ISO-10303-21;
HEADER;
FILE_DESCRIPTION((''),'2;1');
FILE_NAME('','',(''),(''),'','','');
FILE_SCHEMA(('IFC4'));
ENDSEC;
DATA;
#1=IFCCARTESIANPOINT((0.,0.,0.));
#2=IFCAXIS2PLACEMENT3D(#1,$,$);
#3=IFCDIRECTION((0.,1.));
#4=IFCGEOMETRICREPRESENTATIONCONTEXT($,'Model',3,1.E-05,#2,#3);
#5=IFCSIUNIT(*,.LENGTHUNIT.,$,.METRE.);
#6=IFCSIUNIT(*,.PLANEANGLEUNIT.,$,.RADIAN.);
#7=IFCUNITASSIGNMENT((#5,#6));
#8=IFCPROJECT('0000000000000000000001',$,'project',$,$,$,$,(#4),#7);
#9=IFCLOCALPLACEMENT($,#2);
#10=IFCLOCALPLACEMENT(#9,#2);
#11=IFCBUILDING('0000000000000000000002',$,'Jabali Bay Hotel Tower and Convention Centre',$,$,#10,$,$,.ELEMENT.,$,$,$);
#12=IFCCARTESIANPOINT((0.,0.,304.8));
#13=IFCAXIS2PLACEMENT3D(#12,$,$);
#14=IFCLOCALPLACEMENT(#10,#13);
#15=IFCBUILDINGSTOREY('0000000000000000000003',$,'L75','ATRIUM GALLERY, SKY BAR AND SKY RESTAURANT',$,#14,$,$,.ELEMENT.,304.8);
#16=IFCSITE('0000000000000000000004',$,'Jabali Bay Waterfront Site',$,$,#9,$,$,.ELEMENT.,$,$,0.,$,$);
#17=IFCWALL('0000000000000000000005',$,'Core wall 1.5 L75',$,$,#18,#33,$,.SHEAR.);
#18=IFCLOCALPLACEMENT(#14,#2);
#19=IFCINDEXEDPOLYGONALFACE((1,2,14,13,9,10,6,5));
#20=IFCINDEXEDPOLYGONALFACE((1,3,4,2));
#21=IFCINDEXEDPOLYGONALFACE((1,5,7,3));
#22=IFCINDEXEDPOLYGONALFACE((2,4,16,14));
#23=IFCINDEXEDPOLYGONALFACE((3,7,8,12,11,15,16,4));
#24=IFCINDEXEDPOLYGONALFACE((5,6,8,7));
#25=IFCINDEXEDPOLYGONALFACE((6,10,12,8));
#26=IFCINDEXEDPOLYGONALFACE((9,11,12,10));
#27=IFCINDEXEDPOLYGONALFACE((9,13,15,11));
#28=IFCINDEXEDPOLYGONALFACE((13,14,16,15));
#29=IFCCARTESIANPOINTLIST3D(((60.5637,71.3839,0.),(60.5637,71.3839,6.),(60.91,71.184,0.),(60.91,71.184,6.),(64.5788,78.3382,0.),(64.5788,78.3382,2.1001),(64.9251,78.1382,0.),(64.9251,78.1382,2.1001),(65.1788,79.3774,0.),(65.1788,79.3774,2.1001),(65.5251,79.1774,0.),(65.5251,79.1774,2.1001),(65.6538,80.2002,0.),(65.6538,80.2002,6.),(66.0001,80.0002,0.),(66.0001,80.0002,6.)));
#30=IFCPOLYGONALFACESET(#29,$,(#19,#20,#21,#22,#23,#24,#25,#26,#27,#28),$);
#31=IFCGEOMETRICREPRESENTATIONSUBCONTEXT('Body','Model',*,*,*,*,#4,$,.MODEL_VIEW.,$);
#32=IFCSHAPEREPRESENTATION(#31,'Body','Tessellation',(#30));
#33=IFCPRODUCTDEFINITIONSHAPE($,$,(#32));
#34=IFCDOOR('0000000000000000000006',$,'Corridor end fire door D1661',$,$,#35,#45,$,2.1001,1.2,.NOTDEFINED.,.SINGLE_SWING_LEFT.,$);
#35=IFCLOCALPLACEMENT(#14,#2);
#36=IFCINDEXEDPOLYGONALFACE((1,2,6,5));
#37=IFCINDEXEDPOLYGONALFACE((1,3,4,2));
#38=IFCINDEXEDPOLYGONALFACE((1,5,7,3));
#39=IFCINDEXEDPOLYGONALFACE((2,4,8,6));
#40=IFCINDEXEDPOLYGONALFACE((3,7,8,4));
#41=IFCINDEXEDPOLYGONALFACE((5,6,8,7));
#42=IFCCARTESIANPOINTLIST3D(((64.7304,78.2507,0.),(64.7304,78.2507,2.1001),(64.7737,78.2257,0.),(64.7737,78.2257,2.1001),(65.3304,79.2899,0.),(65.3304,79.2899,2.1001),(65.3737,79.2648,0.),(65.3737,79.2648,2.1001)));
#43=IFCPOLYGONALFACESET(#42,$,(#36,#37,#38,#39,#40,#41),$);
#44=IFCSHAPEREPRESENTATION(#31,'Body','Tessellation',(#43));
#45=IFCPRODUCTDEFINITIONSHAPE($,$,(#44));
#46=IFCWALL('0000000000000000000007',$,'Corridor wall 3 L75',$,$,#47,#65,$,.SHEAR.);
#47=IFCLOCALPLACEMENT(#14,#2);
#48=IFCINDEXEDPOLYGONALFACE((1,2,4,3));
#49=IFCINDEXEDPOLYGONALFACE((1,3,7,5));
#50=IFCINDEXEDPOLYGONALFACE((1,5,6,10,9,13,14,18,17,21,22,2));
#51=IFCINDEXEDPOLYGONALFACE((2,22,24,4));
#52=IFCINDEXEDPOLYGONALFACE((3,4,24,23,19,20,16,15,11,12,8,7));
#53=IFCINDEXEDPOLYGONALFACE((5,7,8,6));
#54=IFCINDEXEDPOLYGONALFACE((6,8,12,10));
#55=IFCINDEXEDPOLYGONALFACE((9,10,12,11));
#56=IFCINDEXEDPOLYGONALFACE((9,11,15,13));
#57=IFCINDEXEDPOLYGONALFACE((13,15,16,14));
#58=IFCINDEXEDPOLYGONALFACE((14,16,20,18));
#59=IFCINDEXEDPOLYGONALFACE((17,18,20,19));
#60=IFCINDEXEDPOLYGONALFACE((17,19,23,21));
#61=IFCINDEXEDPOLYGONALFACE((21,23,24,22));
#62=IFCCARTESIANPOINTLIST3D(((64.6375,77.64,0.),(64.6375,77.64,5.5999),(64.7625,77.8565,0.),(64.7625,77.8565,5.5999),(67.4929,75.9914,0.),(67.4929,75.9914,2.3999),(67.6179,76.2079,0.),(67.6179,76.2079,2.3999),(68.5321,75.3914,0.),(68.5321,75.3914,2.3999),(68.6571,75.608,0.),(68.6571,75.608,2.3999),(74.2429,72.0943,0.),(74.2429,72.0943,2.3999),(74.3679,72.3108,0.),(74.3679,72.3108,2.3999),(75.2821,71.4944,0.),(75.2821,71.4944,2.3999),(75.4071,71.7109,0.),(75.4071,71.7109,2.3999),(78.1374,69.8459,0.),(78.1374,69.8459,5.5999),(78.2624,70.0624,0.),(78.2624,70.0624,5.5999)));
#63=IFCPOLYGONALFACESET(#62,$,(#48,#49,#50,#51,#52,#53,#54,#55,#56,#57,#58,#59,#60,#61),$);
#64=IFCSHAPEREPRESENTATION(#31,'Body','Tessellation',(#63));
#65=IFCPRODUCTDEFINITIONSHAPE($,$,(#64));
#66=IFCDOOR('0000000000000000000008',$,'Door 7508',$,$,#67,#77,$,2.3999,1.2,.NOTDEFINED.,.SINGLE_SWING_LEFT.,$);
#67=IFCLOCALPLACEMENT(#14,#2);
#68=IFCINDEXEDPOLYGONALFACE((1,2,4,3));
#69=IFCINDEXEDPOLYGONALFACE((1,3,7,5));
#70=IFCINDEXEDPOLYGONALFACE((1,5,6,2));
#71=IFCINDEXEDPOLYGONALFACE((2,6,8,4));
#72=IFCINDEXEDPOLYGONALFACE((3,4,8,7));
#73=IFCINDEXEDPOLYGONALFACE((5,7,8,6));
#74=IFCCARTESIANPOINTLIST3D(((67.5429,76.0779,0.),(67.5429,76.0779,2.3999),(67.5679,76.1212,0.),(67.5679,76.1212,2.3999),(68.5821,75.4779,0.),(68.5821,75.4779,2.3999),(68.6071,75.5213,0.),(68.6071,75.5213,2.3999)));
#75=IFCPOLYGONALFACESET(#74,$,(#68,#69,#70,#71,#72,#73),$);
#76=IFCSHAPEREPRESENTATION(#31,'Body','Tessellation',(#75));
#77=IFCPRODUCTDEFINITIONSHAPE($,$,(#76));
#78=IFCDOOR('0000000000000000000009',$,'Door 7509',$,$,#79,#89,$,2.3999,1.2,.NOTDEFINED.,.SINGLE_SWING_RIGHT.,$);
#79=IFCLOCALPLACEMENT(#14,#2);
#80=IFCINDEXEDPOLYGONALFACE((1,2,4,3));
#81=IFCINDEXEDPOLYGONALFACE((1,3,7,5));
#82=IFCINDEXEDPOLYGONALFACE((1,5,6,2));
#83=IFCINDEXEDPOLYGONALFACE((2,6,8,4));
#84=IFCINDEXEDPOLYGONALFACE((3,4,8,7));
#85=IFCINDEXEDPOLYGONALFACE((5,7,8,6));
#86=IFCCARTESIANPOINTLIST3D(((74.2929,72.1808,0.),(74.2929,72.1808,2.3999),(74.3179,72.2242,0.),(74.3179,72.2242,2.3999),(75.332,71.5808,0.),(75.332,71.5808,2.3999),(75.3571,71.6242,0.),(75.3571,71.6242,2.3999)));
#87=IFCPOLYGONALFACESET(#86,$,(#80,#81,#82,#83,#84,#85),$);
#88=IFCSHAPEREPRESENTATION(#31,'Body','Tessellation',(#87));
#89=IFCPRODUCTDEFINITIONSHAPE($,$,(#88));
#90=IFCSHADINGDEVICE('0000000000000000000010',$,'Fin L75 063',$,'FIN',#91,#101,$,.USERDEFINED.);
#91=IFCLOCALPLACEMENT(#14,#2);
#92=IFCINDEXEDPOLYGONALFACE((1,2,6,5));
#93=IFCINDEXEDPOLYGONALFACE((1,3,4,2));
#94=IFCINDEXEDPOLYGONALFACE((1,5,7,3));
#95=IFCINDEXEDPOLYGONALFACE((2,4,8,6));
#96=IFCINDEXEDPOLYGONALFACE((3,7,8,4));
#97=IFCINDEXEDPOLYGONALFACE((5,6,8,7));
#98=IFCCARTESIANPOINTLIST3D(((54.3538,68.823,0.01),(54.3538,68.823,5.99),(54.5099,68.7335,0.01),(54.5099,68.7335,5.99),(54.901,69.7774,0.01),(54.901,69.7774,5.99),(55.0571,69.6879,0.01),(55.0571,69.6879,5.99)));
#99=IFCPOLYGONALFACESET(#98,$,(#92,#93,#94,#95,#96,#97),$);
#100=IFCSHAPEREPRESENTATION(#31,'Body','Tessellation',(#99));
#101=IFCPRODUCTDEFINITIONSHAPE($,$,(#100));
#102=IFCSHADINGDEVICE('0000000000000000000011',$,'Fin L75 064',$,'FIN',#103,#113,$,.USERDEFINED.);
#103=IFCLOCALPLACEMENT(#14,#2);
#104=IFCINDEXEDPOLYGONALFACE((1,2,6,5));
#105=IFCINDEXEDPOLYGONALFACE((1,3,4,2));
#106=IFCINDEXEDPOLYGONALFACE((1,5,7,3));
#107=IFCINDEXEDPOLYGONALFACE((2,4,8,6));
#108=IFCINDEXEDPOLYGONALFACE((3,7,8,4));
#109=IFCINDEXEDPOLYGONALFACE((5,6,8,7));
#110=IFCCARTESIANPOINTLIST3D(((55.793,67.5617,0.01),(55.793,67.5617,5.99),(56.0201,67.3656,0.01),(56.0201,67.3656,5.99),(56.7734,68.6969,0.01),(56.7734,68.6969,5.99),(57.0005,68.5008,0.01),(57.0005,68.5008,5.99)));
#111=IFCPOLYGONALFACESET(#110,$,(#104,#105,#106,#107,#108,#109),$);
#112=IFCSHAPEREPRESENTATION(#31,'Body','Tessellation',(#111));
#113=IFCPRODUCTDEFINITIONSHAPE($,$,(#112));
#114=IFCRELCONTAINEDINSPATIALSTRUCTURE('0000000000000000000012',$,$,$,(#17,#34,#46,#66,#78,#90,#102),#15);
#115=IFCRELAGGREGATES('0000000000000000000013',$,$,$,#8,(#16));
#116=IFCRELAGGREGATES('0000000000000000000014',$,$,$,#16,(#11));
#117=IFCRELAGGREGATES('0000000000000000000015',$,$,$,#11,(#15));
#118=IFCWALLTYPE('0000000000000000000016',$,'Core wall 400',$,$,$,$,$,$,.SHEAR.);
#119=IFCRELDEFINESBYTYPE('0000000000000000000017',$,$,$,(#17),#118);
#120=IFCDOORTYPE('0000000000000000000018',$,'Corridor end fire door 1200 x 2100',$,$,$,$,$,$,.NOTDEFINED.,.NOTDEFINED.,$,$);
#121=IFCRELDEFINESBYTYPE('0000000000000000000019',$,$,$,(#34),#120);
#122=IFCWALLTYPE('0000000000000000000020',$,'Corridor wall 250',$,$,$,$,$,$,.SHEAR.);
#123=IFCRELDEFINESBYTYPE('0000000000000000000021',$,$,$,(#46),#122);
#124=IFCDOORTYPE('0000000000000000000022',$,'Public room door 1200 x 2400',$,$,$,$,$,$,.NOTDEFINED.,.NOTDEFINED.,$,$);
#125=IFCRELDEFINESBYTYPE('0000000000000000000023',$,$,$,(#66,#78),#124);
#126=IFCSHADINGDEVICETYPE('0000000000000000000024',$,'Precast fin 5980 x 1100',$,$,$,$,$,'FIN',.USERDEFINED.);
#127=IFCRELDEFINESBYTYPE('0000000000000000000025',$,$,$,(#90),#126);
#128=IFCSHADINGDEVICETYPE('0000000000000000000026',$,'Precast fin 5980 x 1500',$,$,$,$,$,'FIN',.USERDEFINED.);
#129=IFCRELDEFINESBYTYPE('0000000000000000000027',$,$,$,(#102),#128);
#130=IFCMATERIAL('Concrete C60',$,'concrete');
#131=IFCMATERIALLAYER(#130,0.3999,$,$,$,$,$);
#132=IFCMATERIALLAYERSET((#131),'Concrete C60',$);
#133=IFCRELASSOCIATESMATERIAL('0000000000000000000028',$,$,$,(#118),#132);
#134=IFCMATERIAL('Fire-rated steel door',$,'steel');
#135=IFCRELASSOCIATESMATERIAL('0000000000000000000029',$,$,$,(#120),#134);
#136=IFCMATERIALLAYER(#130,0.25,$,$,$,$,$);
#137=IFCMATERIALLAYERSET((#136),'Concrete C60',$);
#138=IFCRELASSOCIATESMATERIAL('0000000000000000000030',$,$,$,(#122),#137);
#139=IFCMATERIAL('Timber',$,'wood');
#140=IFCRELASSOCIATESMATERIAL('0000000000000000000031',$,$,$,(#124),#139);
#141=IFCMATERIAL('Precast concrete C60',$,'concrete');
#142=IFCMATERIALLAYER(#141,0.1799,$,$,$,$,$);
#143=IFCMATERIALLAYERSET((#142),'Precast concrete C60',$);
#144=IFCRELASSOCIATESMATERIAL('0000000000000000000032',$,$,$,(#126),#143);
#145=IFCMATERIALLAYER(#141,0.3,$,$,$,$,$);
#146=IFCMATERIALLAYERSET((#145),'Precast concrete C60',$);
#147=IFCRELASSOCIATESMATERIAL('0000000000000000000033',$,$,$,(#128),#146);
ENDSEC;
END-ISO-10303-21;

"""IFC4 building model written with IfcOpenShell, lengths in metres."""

from ifc_helpers import new_model, si_unit, direction, frame, frame_2d, origin, place, context, subcontext, project, spatial, rectangle, extrude, material, layer, layer_set, type_object, element, fill, save


model = new_model("IFC4")

# Units and contexts
model_context = context("Model", 3, precision=1e-05, world=origin(), true_north=direction((0.0, 1.0)))
body_context = subcontext(model_context, "Body", "Model", "MODEL_VIEW")
ifc_project = project(units=[si_unit("LENGTHUNIT", "METRE"), si_unit("PLANEANGLEUNIT", "RADIAN")], contexts=[model_context])

# Site, building, storey
site_placement = place(None, origin())
site = spatial("IfcSite", under=ifc_project, at=site_placement, Name="Jabali Bay Waterfront Site", CompositionType="ELEMENT", RefElevation=0.0)
building_placement = place(site_placement, origin())
building = spatial("IfcBuilding", under=site, at=building_placement, Name="Jabali Bay Hotel Tower and Convention Centre", CompositionType="ELEMENT")
storey_placement = place(building_placement, frame((0.0, 0.0, 304.8)))
storey = spatial("IfcBuildingStorey", under=building, at=storey_placement, Name="L75", Description="ATRIUM GALLERY, SKY BAR AND SKY RESTAURANT", CompositionType="ELEMENT", Elevation=304.8)

# Shared definitions
ifc_material_1 = material(Name="Concrete C60", Category="concrete")

# Shared definitions
ifc_material_2 = material(Name="Fire-rated steel door", Category="steel")

# Wall, opening, door
ifc_layer_1 = layer(ifc_material_1, 0.3999)
ifc_layer_set_1 = layer_set([ifc_layer_1], Name="Concrete C60")
wall_type_1 = type_object("IfcWallType", Name="Core wall 400", PredefinedType="SHEAR", material=ifc_layer_set_1)
wall_1_placement = place(storey_placement, frame((60.7368, 71.2839, 0.0), z_axis=(0.0, 0.0, 1.0), x_axis=(0.500005, 0.866022, 0.0)))
wall_1 = element("IfcWall", 1, at=wall_1_placement, inside=storey, type_object=wall_type_1, Name="Core wall 1.5 L75", PredefinedType="SHEAR", context=body_context, shape_type="SweptSolid", body=[
    extrude(rectangle(XDim=10.1802, YDim=0.3999, at=frame_2d((5.0901, 0.0))), origin(), (0.0, 0.0, 1.0), 6.0),
])
opening_1_placement = place(wall_1_placement, frame((8.03, 0.0, 0.0)))
opening_1 = element("IfcOpeningElement", 2, at=opening_1_placement, cuts=wall_1, PredefinedType="OPENING", context=body_context, shape_type="SweptSolid", body=[
    extrude(rectangle(XDim=1.2, YDim=2.1001, at=frame_2d((0.6001, 1.05))), frame((0.0, 0.2104, 0.0), z_axis=(0.0, -1.0, 0.0), x_axis=(1.0, 0.0, 0.0)), (0.0, 0.0, 1.0), 0.4209),
])
door_type_1 = type_object("IfcDoorType", Name="Corridor end fire door 1200 x 2100", OperationType="NOTDEFINED", PredefinedType="NOTDEFINED", material=ifc_material_2)
door_1_placement = place(opening_1_placement, origin())
door_1 = element("IfcDoor", 3, at=door_1_placement, inside=storey, type_object=door_type_1, Name="Corridor end fire door D1661", OperationType="SINGLE_SWING_LEFT", OverallHeight=2.1001, OverallWidth=1.2, PredefinedType="NOTDEFINED", context=body_context, shape_type="SweptSolid", body=[
    extrude(rectangle(XDim=1.2, YDim=2.1001, at=frame_2d((0.6001, 1.05))), frame((0.0, 0.0249, 0.0), z_axis=(0.0, -1.0, 0.0), x_axis=(1.0, 0.0, 0.0)), (0.0, 0.0, 1.0), 0.05),
])
fill(opening_1, door_1)

# Wall, openings, doors
ifc_layer_2 = layer(ifc_material_1, 0.25)
ifc_layer_set_2 = layer_set([ifc_layer_2], Name="Concrete C60")
wall_type_2 = type_object("IfcWallType", Name="Corridor wall 250", PredefinedType="SHEAR", material=ifc_layer_set_2)
wall_2_placement = place(storey_placement, frame((64.7, 77.7483, 0.0), z_axis=(0.0, 0.0, 1.0), x_axis=(0.866026, -0.499998, 0.0)))
wall_2 = element("IfcWall", 4, at=wall_2_placement, inside=storey, type_object=wall_type_2, Name="Corridor wall 3 L75", PredefinedType="SHEAR", context=body_context, shape_type="SweptSolid", body=[
    extrude(rectangle(XDim=15.5884, YDim=0.25, at=frame_2d((7.7942, 0.0))), origin(), (0.0, 0.0, 1.0), 5.5999),
])
opening_2_placement = place(wall_2_placement, frame((3.2971, 0.0, 0.0)))
opening_2 = element("IfcOpeningElement", 5, at=opening_2_placement, cuts=wall_2, PredefinedType="OPENING", context=body_context, shape_type="SweptSolid", body=[
    extrude(rectangle(XDim=1.2, YDim=2.3999, at=frame_2d((0.6001, 1.2))), frame((0.0, 0.1355, 0.0), z_axis=(0.0, -1.0, 0.0), x_axis=(1.0, 0.0, 0.0)), (0.0, 0.0, 1.0), 0.271),
])
opening_3_placement = place(wall_2_placement, frame((11.0913, 0.0, 0.0)))
opening_3 = element("IfcOpeningElement", 6, at=opening_3_placement, cuts=wall_2, PredefinedType="OPENING", context=body_context, shape_type="SweptSolid", body=[
    extrude(rectangle(XDim=1.2, YDim=2.3999, at=frame_2d((0.6001, 1.2))), frame((0.0, 0.1355, 0.0), z_axis=(0.0, -1.0, 0.0), x_axis=(1.0, 0.0, 0.0)), (0.0, 0.0, 1.0), 0.271),
])
ifc_material_3 = material(Name="Timber", Category="wood")
door_type_2 = type_object("IfcDoorType", Name="Public room door 1200 x 2400", OperationType="NOTDEFINED", PredefinedType="NOTDEFINED", material=ifc_material_3)
door_2_placement = place(opening_2_placement, origin())
door_2 = element("IfcDoor", 7, at=door_2_placement, inside=storey, type_object=door_type_2, Name="Door 7508", OperationType="SINGLE_SWING_LEFT", OverallHeight=2.3999, OverallWidth=1.2, PredefinedType="NOTDEFINED", context=body_context, shape_type="SweptSolid", body=[
    extrude(rectangle(XDim=1.2, YDim=2.3999, at=frame_2d((0.6001, 1.2))), frame((0.0, 0.0249, 0.0), z_axis=(0.0, -1.0, 0.0), x_axis=(1.0, 0.0, 0.0)), (0.0, 0.0, 1.0), 0.05),
])
fill(opening_2, door_2)
door_3_placement = place(opening_3_placement, origin())
door_3 = element("IfcDoor", 8, at=door_3_placement, inside=storey, type_object=door_type_2, Name="Door 7509", OperationType="SINGLE_SWING_RIGHT", OverallHeight=2.3999, OverallWidth=1.2, PredefinedType="NOTDEFINED", context=body_context, shape_type="SweptSolid", body=[
    extrude(rectangle(XDim=1.2, YDim=2.3999, at=frame_2d((0.6001, 1.2))), frame((0.0, 0.0249, 0.0), z_axis=(0.0, -1.0, 0.0), x_axis=(1.0, 0.0, 0.0)), (0.0, 0.0, 1.0), 0.05),
])
fill(opening_3, door_3)

# Shading devices
ifc_material_4 = material(Name="Precast concrete C60", Category="concrete")
ifc_layer_3 = layer(ifc_material_4, 0.1799)
ifc_layer_set_3 = layer_set([ifc_layer_3], Name="Precast concrete C60")
shading_device_type_1 = type_object("IfcShadingDeviceType", Name="Precast fin 5980 x 1100", ElementType="FIN", PredefinedType="USERDEFINED", material=ifc_layer_set_3)
shading_device_1_placement = place(storey_placement, frame((54.979, 69.7327, 0.01), z_axis=(0.0, 0.0, 1.0), x_axis=(-0.497357, -0.867546, 0.0)))
element("IfcShadingDevice", 9, at=shading_device_1_placement, inside=storey, type_object=shading_device_type_1, Name="Fin L75 063", ObjectType="FIN", PredefinedType="USERDEFINED", context=body_context, shape_type="SweptSolid", body=[
    extrude(rectangle(XDim=1.1001, YDim=0.1799, at=frame_2d((0.55, 0.0))), origin(), (0.0, 0.0, 1.0), 5.98),
])
ifc_layer_4 = layer(ifc_material_4, 0.3)
ifc_layer_set_4 = layer_set([ifc_layer_4], Name="Precast concrete C60")
shading_device_type_2 = type_object("IfcShadingDeviceType", Name="Precast fin 5980 x 1500", ElementType="FIN", PredefinedType="USERDEFINED", material=ifc_layer_set_4)
shading_device_2_placement = place(storey_placement, frame((56.887, 68.5989, 0.01), z_axis=(0.0, 0.0, 1.0), x_axis=(-0.653628, -0.756816, 0.0)))
element("IfcShadingDevice", 10, at=shading_device_2_placement, inside=storey, type_object=shading_device_type_2, Name="Fin L75 064", ObjectType="FIN", PredefinedType="USERDEFINED", context=body_context, shape_type="SweptSolid", body=[
    extrude(rectangle(XDim=1.5, YDim=0.3, at=frame_2d((0.75, 0.0))), origin(), (0.0, 0.0, 1.0), 5.98),
])

save(model, "model.ifc")
